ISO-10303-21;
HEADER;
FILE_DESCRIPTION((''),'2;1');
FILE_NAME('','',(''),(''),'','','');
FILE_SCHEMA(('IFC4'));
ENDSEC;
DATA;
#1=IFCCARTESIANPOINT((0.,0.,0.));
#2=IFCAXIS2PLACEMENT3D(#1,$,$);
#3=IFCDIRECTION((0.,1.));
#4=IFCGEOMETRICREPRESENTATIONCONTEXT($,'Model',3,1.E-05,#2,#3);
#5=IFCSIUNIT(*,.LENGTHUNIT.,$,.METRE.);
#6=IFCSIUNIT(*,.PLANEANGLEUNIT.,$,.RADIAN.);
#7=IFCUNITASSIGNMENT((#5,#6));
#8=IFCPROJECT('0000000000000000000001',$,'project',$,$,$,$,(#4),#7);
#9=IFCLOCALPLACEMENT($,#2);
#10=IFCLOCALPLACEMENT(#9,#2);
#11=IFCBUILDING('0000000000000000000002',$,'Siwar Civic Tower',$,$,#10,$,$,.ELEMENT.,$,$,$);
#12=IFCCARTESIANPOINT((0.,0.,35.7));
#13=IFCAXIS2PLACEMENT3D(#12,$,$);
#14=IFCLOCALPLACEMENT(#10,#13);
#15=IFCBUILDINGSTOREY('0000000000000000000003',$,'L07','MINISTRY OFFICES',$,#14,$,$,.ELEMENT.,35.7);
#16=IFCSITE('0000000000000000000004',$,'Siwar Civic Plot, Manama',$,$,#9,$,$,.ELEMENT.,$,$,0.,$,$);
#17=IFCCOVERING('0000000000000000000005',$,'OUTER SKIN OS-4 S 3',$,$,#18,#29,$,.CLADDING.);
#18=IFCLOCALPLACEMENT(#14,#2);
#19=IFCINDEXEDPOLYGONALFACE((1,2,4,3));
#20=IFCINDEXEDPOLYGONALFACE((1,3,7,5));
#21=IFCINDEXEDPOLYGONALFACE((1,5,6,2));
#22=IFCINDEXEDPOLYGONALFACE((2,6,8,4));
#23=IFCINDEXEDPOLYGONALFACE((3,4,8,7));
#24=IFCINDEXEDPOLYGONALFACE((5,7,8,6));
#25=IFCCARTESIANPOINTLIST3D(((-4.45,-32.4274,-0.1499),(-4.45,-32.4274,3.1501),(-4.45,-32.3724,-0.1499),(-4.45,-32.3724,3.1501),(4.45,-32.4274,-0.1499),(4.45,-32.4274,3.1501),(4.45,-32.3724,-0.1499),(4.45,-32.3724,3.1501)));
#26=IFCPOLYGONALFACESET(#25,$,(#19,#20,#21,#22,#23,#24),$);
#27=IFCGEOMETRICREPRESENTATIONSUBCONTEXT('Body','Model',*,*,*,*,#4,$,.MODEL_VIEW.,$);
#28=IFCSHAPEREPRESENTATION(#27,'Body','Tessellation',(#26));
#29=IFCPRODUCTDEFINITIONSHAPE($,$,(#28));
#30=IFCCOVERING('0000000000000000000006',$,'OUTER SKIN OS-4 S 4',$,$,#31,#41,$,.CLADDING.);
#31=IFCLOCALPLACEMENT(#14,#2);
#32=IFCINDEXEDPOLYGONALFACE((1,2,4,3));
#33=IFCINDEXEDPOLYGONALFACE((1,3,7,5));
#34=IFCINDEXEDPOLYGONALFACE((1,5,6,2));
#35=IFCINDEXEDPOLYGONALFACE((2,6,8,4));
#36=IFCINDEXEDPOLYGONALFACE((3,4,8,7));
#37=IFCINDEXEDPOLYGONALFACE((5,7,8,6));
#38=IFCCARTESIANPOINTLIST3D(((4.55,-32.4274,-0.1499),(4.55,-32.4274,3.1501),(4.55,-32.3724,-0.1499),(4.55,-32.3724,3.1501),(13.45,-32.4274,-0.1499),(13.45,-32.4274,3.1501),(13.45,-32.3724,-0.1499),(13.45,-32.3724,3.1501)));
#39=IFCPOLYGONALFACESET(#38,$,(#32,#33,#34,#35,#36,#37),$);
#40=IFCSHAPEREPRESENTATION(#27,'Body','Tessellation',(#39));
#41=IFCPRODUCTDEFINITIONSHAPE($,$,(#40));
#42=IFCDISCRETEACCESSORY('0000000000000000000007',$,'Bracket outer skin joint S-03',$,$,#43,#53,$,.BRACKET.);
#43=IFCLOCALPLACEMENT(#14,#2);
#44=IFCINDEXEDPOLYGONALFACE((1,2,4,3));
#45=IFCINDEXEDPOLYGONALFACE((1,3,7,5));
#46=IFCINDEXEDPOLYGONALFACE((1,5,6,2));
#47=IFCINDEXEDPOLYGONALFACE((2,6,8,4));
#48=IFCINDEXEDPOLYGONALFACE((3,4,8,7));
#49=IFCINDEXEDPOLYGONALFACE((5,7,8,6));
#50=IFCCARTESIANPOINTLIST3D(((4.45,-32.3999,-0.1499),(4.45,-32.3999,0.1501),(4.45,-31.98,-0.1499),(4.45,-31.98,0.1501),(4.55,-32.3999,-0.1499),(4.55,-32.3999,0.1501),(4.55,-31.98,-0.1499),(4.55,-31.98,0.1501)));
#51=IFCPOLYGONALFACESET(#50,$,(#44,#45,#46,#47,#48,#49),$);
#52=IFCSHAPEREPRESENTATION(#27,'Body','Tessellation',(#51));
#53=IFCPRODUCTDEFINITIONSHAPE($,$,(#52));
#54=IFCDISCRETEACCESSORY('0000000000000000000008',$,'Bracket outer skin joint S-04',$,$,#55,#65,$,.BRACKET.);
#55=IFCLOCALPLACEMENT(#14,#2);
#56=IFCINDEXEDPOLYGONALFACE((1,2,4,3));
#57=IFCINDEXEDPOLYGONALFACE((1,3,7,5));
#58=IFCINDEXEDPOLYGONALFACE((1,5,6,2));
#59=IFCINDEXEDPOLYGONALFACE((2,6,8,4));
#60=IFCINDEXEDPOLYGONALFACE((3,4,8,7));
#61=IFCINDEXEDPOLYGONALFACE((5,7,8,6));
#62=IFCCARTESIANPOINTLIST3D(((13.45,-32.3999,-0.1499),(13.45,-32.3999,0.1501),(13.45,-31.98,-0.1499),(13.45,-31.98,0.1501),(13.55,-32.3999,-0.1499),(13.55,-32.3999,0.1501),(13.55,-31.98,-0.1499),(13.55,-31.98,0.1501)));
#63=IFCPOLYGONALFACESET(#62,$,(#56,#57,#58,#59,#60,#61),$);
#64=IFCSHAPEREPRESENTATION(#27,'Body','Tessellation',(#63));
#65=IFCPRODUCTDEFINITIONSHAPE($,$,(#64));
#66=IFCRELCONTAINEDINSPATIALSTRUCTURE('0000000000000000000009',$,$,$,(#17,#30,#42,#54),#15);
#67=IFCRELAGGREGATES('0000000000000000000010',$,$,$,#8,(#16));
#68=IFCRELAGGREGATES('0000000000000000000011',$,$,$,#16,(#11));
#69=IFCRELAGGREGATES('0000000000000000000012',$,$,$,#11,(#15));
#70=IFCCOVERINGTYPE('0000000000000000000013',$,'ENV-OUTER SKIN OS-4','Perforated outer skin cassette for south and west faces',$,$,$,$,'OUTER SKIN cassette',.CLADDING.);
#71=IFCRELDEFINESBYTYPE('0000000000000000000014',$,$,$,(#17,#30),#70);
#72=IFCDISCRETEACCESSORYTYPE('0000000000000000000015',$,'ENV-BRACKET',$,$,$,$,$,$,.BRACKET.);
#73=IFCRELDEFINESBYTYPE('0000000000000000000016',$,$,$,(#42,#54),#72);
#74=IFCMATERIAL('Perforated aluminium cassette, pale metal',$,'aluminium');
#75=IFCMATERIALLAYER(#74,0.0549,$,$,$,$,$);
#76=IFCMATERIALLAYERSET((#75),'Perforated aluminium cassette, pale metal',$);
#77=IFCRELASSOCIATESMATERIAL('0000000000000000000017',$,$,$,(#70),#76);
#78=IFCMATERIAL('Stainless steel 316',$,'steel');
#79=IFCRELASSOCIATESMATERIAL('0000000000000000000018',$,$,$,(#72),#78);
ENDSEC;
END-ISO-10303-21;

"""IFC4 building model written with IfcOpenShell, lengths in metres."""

from ifc_helpers import new_model, si_unit, direction, frame, origin, origin_2d, place, context, subcontext, project, spatial, rectangle, extrude, material, layer, layer_set, type_object, element, save


model = new_model("IFC4")

# Units and contexts
model_context = context("Model", 3, precision=1e-05, world=origin(), true_north=direction((0.0, 1.0)))
body_context = subcontext(model_context, "Body", "Model", "MODEL_VIEW")
ifc_project = project(units=[si_unit("LENGTHUNIT", "METRE"), si_unit("PLANEANGLEUNIT", "RADIAN")], contexts=[model_context])

# Site, building, storey
site_placement = place(None, origin())
site = spatial("IfcSite", under=ifc_project, at=site_placement, Name="Siwar Civic Plot, Manama", CompositionType="ELEMENT", RefElevation=0.0)
building_placement = place(site_placement, origin())
building = spatial("IfcBuilding", under=site, at=building_placement, Name="Siwar Civic Tower", CompositionType="ELEMENT")
storey_placement = place(building_placement, frame((0.0, 0.0, 35.7)))
storey = spatial("IfcBuildingStorey", under=building, at=storey_placement, Name="L07", Description="MINISTRY OFFICES", CompositionType="ELEMENT", Elevation=35.7)

# Coverings
ifc_material_1 = material(Name="Perforated aluminium cassette, pale metal", Category="aluminium")
ifc_layer_1 = layer(ifc_material_1, 0.0549)
ifc_layer_set_1 = layer_set([ifc_layer_1], Name="Perforated aluminium cassette, pale metal")
covering_type = type_object("IfcCoveringType", Name="ENV-OUTER SKIN OS-4", Description="Perforated outer skin cassette for south and west faces", ElementType="OUTER SKIN cassette", PredefinedType="CLADDING", material=ifc_layer_set_1)
for number, where, z_axis, x_axis, name in (
    (1, (0.0, -32.3999, -0.1499), (0.0, 0.0, 1.0), (1.0, 0.0, 0.0), "OUTER SKIN OS-4 S 3"),
    (2, (9.0, -32.3999, -0.1499), (0.0, 0.0, 1.0), (1.0, 0.0, 0.0), "OUTER SKIN OS-4 S 4"),
):
    element("IfcCovering", number, at=place(storey_placement, frame(where, z_axis=z_axis, x_axis=x_axis)), inside=storey, type_object=covering_type, Name=name, PredefinedType="CLADDING", context=body_context, shape_type="SweptSolid", body=[
        extrude(rectangle(XDim=8.8999, YDim=0.0549, at=origin_2d()), origin(), (0.0, 0.0, 1.0), 3.3),
    ])

# Discrete accessories
ifc_material_2 = material(Name="Stainless steel 316", Category="steel")
discrete_accessory_type = type_object("IfcDiscreteAccessoryType", Name="ENV-BRACKET", PredefinedType="BRACKET", material=ifc_material_2)
for number, where, z_axis, x_axis, name in (
    (3, (4.5, -32.1899, -0.1499), (0.0, 0.0, 1.0), (0.0, -1.0, 0.0), "Bracket outer skin joint S-03"),
    (4, (13.5, -32.1899, -0.1499), (0.0, 0.0, 1.0), (0.0, -1.0, 0.0), "Bracket outer skin joint S-04"),
):
    element("IfcDiscreteAccessory", number, at=place(storey_placement, frame(where, z_axis=z_axis, x_axis=x_axis)), inside=storey, type_object=discrete_accessory_type, Name=name, PredefinedType="BRACKET", context=body_context, shape_type="SweptSolid", body=[
        extrude(rectangle(XDim=0.4199, YDim=0.1001, at=origin_2d()), origin(), (0.0, 0.0, 1.0), 0.3),
    ])

save(model, "model.ifc")
